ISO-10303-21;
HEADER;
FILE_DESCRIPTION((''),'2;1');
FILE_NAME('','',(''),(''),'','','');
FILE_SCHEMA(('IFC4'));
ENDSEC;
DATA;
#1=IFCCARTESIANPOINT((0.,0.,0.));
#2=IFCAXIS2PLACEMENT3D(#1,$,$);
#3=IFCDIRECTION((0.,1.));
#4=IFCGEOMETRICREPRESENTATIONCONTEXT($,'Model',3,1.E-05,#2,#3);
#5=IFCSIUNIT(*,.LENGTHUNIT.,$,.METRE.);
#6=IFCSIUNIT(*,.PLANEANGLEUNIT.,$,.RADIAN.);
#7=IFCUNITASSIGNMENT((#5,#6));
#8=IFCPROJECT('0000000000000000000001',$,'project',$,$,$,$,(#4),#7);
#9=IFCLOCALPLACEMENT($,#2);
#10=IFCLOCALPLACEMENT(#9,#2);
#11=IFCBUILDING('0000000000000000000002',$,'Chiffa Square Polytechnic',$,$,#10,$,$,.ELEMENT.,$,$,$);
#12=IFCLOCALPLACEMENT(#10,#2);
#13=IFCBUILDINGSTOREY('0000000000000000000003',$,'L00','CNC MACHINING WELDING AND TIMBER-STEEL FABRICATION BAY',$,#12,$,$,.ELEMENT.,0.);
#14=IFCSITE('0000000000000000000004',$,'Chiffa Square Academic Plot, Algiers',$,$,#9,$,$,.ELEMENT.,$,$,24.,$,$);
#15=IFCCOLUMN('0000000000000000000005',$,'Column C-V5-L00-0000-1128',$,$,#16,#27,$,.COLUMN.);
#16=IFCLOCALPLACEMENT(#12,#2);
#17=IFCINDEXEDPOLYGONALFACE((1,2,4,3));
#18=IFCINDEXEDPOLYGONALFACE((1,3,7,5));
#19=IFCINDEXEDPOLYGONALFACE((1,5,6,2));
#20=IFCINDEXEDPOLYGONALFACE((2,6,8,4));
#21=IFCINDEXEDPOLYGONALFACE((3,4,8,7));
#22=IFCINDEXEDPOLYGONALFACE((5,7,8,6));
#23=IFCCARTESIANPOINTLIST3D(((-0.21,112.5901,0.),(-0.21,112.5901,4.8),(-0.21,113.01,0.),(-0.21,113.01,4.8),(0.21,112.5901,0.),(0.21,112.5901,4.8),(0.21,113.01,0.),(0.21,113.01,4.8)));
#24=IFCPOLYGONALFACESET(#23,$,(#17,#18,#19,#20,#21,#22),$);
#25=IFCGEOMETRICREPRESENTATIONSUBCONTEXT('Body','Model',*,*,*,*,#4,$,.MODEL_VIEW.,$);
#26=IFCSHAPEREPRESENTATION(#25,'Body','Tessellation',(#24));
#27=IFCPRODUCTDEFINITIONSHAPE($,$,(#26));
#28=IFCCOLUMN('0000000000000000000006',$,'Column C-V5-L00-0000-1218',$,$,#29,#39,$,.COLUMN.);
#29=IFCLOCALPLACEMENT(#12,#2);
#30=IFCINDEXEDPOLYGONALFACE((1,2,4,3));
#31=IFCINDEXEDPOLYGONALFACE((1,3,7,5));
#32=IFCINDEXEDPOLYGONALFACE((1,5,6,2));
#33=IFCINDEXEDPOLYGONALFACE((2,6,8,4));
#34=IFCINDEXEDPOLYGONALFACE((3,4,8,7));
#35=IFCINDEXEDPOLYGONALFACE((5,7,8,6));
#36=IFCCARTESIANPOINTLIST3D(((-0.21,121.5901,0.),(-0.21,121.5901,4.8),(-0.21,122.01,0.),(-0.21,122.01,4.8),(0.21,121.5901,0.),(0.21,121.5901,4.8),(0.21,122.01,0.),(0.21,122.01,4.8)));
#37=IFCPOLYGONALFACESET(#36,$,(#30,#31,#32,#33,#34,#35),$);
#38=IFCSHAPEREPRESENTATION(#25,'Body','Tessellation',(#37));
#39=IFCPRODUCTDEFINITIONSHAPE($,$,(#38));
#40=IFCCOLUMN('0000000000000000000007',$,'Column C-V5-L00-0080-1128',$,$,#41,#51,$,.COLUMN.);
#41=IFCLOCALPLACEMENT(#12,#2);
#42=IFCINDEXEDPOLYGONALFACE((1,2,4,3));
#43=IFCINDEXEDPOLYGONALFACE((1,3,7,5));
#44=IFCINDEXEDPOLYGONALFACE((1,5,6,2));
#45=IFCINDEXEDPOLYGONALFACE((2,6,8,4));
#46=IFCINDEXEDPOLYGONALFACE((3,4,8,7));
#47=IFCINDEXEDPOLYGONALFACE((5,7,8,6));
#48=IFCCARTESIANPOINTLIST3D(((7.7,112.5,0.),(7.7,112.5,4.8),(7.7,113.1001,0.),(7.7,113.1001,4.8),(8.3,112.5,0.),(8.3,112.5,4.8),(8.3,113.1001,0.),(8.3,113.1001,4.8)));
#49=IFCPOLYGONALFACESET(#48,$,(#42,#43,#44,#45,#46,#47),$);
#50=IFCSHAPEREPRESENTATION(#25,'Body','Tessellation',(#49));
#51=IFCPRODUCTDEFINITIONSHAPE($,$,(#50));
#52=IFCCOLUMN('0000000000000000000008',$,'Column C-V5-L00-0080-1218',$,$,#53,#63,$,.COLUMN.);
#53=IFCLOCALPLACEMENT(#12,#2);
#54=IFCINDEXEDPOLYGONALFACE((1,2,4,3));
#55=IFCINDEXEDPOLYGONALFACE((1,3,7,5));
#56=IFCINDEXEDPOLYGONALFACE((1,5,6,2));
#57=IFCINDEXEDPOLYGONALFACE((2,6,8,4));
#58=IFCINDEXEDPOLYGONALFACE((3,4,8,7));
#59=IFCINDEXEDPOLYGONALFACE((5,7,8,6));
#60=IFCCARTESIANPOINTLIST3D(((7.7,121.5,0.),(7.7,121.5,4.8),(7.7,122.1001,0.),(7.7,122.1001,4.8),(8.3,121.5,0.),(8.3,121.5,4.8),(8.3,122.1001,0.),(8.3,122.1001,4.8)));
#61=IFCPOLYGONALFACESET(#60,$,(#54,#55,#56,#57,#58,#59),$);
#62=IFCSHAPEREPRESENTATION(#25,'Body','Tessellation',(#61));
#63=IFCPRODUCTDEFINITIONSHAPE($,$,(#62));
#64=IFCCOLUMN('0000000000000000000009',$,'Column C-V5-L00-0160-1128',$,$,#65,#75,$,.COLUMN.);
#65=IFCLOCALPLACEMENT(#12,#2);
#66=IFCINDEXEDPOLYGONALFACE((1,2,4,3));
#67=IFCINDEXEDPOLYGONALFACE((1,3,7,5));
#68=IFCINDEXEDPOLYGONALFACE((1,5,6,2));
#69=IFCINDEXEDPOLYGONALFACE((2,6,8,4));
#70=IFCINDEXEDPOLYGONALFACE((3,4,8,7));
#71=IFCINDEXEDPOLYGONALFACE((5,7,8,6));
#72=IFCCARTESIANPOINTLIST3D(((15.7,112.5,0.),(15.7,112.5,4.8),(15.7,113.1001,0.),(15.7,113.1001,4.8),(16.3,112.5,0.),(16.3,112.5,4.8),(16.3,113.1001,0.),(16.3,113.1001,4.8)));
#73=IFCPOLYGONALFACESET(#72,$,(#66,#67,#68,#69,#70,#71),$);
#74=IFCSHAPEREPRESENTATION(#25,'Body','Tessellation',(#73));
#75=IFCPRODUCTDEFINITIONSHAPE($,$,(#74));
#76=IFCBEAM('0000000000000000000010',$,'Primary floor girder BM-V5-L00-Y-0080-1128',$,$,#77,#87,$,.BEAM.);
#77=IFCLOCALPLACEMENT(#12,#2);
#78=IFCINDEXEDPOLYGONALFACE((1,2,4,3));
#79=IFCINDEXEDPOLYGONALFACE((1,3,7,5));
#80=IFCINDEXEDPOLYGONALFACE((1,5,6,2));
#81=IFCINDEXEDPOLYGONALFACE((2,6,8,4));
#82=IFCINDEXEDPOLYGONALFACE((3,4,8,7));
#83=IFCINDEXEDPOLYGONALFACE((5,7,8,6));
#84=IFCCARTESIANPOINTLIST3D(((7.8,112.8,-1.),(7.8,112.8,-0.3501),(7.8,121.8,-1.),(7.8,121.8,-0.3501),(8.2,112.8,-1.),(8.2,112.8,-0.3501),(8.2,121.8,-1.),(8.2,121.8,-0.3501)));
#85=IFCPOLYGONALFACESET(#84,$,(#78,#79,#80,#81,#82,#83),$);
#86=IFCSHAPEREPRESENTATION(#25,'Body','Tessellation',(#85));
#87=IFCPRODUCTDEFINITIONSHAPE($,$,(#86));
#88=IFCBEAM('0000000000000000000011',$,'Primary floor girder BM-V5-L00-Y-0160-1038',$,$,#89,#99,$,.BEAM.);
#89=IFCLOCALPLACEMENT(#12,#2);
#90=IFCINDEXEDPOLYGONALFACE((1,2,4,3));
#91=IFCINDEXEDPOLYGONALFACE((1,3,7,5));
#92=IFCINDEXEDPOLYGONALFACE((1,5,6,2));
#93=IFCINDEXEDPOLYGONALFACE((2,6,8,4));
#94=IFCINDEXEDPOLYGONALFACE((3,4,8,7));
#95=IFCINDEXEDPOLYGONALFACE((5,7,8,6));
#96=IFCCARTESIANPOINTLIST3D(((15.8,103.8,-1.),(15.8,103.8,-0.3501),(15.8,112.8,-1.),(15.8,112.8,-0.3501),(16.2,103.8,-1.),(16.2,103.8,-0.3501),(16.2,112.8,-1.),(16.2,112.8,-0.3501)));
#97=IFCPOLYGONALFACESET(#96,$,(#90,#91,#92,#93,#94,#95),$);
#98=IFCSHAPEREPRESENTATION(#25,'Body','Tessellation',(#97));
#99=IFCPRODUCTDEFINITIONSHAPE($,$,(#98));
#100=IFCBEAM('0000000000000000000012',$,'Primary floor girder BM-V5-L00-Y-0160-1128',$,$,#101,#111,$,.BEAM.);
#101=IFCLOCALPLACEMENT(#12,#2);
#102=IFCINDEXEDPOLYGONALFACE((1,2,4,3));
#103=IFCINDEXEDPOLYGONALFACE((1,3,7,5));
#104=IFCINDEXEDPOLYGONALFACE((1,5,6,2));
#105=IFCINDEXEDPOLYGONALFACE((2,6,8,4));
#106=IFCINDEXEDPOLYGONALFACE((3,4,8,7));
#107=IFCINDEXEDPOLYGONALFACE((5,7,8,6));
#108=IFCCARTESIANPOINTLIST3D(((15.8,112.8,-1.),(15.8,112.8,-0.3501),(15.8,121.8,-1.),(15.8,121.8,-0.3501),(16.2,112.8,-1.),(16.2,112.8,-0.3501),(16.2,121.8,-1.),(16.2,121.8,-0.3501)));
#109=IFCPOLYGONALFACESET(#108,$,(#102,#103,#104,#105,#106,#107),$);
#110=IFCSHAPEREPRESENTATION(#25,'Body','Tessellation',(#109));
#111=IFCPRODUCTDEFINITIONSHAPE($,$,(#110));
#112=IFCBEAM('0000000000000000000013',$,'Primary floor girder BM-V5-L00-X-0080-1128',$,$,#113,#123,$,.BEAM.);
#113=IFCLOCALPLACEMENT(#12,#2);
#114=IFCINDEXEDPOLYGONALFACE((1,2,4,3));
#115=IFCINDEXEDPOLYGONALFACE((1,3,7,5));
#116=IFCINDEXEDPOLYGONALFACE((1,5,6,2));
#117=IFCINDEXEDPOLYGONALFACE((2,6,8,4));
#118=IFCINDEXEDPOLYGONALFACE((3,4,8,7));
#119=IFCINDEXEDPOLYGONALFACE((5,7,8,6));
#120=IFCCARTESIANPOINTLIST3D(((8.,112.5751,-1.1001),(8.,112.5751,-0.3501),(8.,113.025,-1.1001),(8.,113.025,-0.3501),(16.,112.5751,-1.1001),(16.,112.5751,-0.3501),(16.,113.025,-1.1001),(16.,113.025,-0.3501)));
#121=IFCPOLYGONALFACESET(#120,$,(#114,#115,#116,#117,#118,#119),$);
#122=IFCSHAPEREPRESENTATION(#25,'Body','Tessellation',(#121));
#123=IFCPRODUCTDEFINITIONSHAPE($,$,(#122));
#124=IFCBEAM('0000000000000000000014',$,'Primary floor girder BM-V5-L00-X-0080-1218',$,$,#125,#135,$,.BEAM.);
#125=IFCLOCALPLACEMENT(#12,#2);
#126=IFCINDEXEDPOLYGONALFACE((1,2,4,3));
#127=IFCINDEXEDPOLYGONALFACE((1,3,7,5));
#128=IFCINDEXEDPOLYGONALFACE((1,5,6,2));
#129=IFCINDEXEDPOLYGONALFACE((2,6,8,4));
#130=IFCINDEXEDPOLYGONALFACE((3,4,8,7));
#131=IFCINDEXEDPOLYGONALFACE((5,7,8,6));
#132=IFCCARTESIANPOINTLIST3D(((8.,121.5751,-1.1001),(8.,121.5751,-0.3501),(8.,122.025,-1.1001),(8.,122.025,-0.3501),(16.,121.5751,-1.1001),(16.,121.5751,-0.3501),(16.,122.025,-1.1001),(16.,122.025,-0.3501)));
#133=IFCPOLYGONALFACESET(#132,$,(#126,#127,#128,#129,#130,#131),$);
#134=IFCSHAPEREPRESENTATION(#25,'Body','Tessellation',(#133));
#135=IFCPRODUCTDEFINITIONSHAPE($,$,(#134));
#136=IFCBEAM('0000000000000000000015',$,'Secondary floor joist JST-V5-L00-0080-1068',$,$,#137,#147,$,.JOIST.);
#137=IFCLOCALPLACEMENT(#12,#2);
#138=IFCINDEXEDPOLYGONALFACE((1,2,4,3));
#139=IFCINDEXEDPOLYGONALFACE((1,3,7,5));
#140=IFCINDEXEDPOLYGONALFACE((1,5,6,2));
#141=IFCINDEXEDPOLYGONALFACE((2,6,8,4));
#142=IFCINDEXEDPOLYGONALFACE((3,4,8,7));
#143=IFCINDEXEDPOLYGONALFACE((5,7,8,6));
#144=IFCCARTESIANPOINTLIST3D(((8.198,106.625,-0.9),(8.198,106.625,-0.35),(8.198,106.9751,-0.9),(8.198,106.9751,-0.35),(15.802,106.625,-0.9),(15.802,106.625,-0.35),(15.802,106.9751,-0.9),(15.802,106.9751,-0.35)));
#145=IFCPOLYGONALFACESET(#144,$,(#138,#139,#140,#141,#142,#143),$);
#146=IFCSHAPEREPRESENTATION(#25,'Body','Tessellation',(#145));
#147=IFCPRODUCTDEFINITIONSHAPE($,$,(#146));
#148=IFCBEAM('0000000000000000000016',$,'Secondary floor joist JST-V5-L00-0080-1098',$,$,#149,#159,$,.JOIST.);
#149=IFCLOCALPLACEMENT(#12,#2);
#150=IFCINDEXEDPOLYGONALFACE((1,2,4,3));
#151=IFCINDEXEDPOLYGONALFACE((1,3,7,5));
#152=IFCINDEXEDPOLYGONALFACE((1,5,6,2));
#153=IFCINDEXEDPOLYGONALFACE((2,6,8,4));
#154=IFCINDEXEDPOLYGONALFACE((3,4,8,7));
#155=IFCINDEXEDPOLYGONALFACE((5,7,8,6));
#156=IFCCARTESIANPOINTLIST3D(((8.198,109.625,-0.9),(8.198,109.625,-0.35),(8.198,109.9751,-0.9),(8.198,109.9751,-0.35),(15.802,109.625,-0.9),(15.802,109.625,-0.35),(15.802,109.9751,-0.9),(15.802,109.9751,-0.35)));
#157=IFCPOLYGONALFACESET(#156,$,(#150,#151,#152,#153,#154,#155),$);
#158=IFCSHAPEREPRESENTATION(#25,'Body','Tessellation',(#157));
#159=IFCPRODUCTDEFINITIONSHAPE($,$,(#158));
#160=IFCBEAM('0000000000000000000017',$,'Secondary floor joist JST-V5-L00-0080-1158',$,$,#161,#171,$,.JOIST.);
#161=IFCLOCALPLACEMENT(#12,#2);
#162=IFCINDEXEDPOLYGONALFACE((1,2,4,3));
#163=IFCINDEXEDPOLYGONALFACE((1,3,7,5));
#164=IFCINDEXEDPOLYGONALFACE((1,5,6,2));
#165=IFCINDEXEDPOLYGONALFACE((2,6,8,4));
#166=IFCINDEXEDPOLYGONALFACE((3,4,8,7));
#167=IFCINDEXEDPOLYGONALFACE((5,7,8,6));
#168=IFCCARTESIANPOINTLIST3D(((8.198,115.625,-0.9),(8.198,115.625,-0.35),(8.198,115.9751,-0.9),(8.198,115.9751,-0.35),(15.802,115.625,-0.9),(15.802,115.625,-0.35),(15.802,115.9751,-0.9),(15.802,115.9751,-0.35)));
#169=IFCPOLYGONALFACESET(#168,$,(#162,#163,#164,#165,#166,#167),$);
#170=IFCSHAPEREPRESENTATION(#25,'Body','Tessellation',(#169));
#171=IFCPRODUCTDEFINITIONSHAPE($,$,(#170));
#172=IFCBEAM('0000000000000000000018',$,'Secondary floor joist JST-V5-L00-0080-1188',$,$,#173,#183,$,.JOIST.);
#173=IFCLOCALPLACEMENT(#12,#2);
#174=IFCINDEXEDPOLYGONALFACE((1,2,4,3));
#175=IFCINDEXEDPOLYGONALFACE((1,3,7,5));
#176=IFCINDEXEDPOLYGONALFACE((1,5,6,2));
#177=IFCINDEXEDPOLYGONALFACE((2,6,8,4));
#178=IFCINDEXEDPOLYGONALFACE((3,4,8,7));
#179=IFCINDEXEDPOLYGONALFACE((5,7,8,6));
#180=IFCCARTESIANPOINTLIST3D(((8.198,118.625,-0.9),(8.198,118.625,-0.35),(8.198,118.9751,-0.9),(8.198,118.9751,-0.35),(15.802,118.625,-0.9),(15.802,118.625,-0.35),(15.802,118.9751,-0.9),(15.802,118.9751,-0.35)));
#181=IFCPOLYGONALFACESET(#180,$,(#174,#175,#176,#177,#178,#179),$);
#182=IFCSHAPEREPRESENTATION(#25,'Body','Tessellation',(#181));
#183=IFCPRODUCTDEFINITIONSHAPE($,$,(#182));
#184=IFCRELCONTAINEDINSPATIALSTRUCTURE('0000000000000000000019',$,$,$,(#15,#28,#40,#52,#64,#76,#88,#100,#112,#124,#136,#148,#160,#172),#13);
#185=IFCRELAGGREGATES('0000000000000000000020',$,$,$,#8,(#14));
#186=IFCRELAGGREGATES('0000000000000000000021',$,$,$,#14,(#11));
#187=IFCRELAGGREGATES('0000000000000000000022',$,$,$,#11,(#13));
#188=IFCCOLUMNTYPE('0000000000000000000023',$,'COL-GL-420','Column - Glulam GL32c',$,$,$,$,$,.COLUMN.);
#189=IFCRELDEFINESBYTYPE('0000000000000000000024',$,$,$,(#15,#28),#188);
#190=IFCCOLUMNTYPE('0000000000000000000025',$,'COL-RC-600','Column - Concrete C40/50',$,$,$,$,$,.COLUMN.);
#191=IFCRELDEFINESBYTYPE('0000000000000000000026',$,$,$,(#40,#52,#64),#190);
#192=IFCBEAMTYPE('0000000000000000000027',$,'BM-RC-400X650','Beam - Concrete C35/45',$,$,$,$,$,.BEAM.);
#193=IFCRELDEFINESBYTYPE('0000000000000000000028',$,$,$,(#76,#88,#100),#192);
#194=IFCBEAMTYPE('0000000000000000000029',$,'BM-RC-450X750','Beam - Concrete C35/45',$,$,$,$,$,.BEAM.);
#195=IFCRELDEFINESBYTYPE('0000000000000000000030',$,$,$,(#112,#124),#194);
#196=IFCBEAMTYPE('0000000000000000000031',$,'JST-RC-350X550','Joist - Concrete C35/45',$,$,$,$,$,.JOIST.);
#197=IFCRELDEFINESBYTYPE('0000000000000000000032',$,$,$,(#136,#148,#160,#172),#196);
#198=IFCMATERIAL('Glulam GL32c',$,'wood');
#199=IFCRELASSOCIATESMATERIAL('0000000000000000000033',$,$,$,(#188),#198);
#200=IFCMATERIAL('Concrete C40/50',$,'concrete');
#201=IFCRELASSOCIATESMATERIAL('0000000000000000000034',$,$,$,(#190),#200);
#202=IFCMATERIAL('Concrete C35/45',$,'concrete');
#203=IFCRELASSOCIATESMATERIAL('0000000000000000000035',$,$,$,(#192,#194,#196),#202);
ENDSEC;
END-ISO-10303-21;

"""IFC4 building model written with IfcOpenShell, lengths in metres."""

from ifc_helpers import new_model, si_unit, direction, frame, origin, origin_2d, place, context, subcontext, project, spatial, rectangle, extrude, material, material_profile, profile_set, type_object, element, save


model = new_model("IFC4")

# Units and contexts
model_context = context("Model", 3, precision=1e-05, world=origin(), true_north=direction((0.0, 1.0)))
body_context = subcontext(model_context, "Body", "Model", "MODEL_VIEW")
ifc_project = project(units=[si_unit("LENGTHUNIT", "METRE"), si_unit("PLANEANGLEUNIT", "RADIAN")], contexts=[model_context])

# Site, building, storey
site_placement = place(None, origin())
site = spatial("IfcSite", under=ifc_project, at=site_placement, Name="Chiffa Square Academic Plot, Algiers", CompositionType="ELEMENT", RefElevation=24.0)
building_placement = place(site_placement, origin())
building = spatial("IfcBuilding", under=site, at=building_placement, Name="Chiffa Square Polytechnic", CompositionType="ELEMENT")
storey_placement = place(building_placement, origin())
storey = spatial("IfcBuildingStorey", under=building, at=storey_placement, Name="L00", Description="CNC MACHINING WELDING AND TIMBER-STEEL FABRICATION BAY", CompositionType="ELEMENT", Elevation=0.0)

# Columns
ifc_material_1 = material(Name="Glulam GL32c", Category="wood")
ifc_material_profile_1 = material_profile(ifc_material_1, rectangle(XDim=0.4199, YDim=0.4199, at=origin_2d()), Name="GL32c 420x420")
ifc_profile_set_1 = profile_set([ifc_material_profile_1], Name="Glulam GL32c")
column_type_1 = type_object("IfcColumnType", Name="COL-GL-420", Description="Column - Glulam GL32c", PredefinedType="COLUMN", material=ifc_profile_set_1)
for number, where, z_axis, x_axis, name in (
    (1, (0.0, 112.8, 0.0), (0.0, 0.0, 1.0), (1.0, 0.0, 0.0), "Column C-V5-L00-0000-1128"),
    (2, (0.0, 121.8, 0.0), (0.0, 0.0, 1.0), (1.0, 0.0, 0.0), "Column C-V5-L00-0000-1218"),
):
    element("IfcColumn", number, at=place(storey_placement, frame(where, z_axis=z_axis, x_axis=x_axis)), inside=storey, type_object=column_type_1, Name=name, PredefinedType="COLUMN", context=body_context, shape_type="SweptSolid", body=[
        extrude(rectangle(XDim=0.4199, YDim=0.4199, at=origin_2d()), origin(), (0.0, 0.0, 1.0), 4.8),
    ])
ifc_material_2 = material(Name="Concrete C40/50", Category="concrete")
ifc_material_profile_2 = material_profile(ifc_material_2, rectangle(XDim=0.6001, YDim=0.6001, at=origin_2d()), Name="RC 600x600")
ifc_profile_set_2 = profile_set([ifc_material_profile_2], Name="Concrete C40/50")
column_type_2 = type_object("IfcColumnType", Name="COL-RC-600", Description="Column - Concrete C40/50", PredefinedType="COLUMN", material=ifc_profile_set_2)
for number, where, z_axis, x_axis, name in (
    (3, (8.0, 112.8, 0.0), (0.0, 0.0, 1.0), (1.0, 0.0, 0.0), "Column C-V5-L00-0080-1128"),
    (4, (8.0, 121.8, 0.0), (0.0, 0.0, 1.0), (1.0, 0.0, 0.0), "Column C-V5-L00-0080-1218"),
    (5, (16.0, 112.8, 0.0), (0.0, 0.0, 1.0), (1.0, 0.0, 0.0), "Column C-V5-L00-0160-1128"),
):
    element("IfcColumn", number, at=place(storey_placement, frame(where, z_axis=z_axis, x_axis=x_axis)), inside=storey, type_object=column_type_2, Name=name, PredefinedType="COLUMN", context=body_context, shape_type="SweptSolid", body=[
        extrude(rectangle(XDim=0.6001, YDim=0.6001, at=origin_2d()), origin(), (0.0, 0.0, 1.0), 4.8),
    ])

# Beams
ifc_material_3 = material(Name="Concrete C35/45", Category="concrete")
ifc_material_profile_3 = material_profile(ifc_material_3, rectangle(XDim=0.3999, YDim=0.6499, at=origin_2d()), Name="RC 400x650")
ifc_profile_set_3 = profile_set([ifc_material_profile_3], Name="Concrete C35/45")
beam_type_1 = type_object("IfcBeamType", Name="BM-RC-400X650", Description="Beam - Concrete C35/45", PredefinedType="BEAM", material=ifc_profile_set_3)
for number, where, z_axis, x_axis, name in (
    (6, (8.0, 112.8, -0.675), (0.0, 1.0, 0.0), (-1.0, 0.0, 0.0), "Primary floor girder BM-V5-L00-Y-0080-1128"),
    (7, (16.0, 103.8, -0.675), (0.0, 1.0, 0.0), (-1.0, 0.0, 0.0), "Primary floor girder BM-V5-L00-Y-0160-1038"),
    (8, (16.0, 112.8, -0.675), (0.0, 1.0, 0.0), (-1.0, 0.0, 0.0), "Primary floor girder BM-V5-L00-Y-0160-1128"),
):
    element("IfcBeam", number, at=place(storey_placement, frame(where, z_axis=z_axis, x_axis=x_axis)), inside=storey, type_object=beam_type_1, Name=name, PredefinedType="BEAM", context=body_context, shape_type="SweptSolid", body=[
        extrude(rectangle(XDim=0.3999, YDim=0.6499, at=origin_2d()), origin(), (0.0, 0.0, 1.0), 9.0),
    ])
ifc_material_profile_4 = material_profile(ifc_material_3, rectangle(XDim=0.45, YDim=0.75, at=origin_2d()), Name="RC 450x750")
ifc_profile_set_4 = profile_set([ifc_material_profile_4], Name="Concrete C35/45")
beam_type_2 = type_object("IfcBeamType", Name="BM-RC-450X750", Description="Beam - Concrete C35/45", PredefinedType="BEAM", material=ifc_profile_set_4)
for number, where, z_axis, x_axis, name in (
    (9, (8.0, 112.8, -0.7251), (1.0, 0.0, 0.0), (0.0, 1.0, 0.0), "Primary floor girder BM-V5-L00-X-0080-1128"),
    (10, (8.0, 121.8, -0.7251), (1.0, 0.0, 0.0), (0.0, 1.0, 0.0), "Primary floor girder BM-V5-L00-X-0080-1218"),
):
    element("IfcBeam", number, at=place(storey_placement, frame(where, z_axis=z_axis, x_axis=x_axis)), inside=storey, type_object=beam_type_2, Name=name, PredefinedType="BEAM", context=body_context, shape_type="SweptSolid", body=[
        extrude(rectangle(XDim=0.45, YDim=0.75, at=origin_2d()), origin(), (0.0, 0.0, 1.0), 8.0),
    ])
ifc_material_profile_5 = material_profile(ifc_material_3, rectangle(XDim=0.3501, YDim=0.55, at=origin_2d()), Name="RC 350x550")
ifc_profile_set_5 = profile_set([ifc_material_profile_5], Name="Concrete C35/45")
beam_type_3 = type_object("IfcBeamType", Name="JST-RC-350X550", Description="Joist - Concrete C35/45", PredefinedType="JOIST", material=ifc_profile_set_5)
for number, where, z_axis, x_axis, name in (
    (11, (8.198, 106.8, -0.625), (1.0, 0.0, 0.0), (0.0, 1.0, 0.0), "Secondary floor joist JST-V5-L00-0080-1068"),
    (12, (8.198, 109.8, -0.625), (1.0, 0.0, 0.0), (0.0, 1.0, 0.0), "Secondary floor joist JST-V5-L00-0080-1098"),
    (13, (8.198, 115.8, -0.625), (1.0, 0.0, 0.0), (0.0, 1.0, 0.0), "Secondary floor joist JST-V5-L00-0080-1158"),
    (14, (8.198, 118.8, -0.625), (1.0, 0.0, 0.0), (0.0, 1.0, 0.0), "Secondary floor joist JST-V5-L00-0080-1188"),
):
    element("IfcBeam", number, at=place(storey_placement, frame(where, z_axis=z_axis, x_axis=x_axis)), inside=storey, type_object=beam_type_3, Name=name, PredefinedType="JOIST", context=body_context, shape_type="SweptSolid", body=[
        extrude(rectangle(XDim=0.3501, YDim=0.55, at=origin_2d()), origin(), (0.0, 0.0, 1.0), 7.604),
    ])

save(model, "model.ifc")
